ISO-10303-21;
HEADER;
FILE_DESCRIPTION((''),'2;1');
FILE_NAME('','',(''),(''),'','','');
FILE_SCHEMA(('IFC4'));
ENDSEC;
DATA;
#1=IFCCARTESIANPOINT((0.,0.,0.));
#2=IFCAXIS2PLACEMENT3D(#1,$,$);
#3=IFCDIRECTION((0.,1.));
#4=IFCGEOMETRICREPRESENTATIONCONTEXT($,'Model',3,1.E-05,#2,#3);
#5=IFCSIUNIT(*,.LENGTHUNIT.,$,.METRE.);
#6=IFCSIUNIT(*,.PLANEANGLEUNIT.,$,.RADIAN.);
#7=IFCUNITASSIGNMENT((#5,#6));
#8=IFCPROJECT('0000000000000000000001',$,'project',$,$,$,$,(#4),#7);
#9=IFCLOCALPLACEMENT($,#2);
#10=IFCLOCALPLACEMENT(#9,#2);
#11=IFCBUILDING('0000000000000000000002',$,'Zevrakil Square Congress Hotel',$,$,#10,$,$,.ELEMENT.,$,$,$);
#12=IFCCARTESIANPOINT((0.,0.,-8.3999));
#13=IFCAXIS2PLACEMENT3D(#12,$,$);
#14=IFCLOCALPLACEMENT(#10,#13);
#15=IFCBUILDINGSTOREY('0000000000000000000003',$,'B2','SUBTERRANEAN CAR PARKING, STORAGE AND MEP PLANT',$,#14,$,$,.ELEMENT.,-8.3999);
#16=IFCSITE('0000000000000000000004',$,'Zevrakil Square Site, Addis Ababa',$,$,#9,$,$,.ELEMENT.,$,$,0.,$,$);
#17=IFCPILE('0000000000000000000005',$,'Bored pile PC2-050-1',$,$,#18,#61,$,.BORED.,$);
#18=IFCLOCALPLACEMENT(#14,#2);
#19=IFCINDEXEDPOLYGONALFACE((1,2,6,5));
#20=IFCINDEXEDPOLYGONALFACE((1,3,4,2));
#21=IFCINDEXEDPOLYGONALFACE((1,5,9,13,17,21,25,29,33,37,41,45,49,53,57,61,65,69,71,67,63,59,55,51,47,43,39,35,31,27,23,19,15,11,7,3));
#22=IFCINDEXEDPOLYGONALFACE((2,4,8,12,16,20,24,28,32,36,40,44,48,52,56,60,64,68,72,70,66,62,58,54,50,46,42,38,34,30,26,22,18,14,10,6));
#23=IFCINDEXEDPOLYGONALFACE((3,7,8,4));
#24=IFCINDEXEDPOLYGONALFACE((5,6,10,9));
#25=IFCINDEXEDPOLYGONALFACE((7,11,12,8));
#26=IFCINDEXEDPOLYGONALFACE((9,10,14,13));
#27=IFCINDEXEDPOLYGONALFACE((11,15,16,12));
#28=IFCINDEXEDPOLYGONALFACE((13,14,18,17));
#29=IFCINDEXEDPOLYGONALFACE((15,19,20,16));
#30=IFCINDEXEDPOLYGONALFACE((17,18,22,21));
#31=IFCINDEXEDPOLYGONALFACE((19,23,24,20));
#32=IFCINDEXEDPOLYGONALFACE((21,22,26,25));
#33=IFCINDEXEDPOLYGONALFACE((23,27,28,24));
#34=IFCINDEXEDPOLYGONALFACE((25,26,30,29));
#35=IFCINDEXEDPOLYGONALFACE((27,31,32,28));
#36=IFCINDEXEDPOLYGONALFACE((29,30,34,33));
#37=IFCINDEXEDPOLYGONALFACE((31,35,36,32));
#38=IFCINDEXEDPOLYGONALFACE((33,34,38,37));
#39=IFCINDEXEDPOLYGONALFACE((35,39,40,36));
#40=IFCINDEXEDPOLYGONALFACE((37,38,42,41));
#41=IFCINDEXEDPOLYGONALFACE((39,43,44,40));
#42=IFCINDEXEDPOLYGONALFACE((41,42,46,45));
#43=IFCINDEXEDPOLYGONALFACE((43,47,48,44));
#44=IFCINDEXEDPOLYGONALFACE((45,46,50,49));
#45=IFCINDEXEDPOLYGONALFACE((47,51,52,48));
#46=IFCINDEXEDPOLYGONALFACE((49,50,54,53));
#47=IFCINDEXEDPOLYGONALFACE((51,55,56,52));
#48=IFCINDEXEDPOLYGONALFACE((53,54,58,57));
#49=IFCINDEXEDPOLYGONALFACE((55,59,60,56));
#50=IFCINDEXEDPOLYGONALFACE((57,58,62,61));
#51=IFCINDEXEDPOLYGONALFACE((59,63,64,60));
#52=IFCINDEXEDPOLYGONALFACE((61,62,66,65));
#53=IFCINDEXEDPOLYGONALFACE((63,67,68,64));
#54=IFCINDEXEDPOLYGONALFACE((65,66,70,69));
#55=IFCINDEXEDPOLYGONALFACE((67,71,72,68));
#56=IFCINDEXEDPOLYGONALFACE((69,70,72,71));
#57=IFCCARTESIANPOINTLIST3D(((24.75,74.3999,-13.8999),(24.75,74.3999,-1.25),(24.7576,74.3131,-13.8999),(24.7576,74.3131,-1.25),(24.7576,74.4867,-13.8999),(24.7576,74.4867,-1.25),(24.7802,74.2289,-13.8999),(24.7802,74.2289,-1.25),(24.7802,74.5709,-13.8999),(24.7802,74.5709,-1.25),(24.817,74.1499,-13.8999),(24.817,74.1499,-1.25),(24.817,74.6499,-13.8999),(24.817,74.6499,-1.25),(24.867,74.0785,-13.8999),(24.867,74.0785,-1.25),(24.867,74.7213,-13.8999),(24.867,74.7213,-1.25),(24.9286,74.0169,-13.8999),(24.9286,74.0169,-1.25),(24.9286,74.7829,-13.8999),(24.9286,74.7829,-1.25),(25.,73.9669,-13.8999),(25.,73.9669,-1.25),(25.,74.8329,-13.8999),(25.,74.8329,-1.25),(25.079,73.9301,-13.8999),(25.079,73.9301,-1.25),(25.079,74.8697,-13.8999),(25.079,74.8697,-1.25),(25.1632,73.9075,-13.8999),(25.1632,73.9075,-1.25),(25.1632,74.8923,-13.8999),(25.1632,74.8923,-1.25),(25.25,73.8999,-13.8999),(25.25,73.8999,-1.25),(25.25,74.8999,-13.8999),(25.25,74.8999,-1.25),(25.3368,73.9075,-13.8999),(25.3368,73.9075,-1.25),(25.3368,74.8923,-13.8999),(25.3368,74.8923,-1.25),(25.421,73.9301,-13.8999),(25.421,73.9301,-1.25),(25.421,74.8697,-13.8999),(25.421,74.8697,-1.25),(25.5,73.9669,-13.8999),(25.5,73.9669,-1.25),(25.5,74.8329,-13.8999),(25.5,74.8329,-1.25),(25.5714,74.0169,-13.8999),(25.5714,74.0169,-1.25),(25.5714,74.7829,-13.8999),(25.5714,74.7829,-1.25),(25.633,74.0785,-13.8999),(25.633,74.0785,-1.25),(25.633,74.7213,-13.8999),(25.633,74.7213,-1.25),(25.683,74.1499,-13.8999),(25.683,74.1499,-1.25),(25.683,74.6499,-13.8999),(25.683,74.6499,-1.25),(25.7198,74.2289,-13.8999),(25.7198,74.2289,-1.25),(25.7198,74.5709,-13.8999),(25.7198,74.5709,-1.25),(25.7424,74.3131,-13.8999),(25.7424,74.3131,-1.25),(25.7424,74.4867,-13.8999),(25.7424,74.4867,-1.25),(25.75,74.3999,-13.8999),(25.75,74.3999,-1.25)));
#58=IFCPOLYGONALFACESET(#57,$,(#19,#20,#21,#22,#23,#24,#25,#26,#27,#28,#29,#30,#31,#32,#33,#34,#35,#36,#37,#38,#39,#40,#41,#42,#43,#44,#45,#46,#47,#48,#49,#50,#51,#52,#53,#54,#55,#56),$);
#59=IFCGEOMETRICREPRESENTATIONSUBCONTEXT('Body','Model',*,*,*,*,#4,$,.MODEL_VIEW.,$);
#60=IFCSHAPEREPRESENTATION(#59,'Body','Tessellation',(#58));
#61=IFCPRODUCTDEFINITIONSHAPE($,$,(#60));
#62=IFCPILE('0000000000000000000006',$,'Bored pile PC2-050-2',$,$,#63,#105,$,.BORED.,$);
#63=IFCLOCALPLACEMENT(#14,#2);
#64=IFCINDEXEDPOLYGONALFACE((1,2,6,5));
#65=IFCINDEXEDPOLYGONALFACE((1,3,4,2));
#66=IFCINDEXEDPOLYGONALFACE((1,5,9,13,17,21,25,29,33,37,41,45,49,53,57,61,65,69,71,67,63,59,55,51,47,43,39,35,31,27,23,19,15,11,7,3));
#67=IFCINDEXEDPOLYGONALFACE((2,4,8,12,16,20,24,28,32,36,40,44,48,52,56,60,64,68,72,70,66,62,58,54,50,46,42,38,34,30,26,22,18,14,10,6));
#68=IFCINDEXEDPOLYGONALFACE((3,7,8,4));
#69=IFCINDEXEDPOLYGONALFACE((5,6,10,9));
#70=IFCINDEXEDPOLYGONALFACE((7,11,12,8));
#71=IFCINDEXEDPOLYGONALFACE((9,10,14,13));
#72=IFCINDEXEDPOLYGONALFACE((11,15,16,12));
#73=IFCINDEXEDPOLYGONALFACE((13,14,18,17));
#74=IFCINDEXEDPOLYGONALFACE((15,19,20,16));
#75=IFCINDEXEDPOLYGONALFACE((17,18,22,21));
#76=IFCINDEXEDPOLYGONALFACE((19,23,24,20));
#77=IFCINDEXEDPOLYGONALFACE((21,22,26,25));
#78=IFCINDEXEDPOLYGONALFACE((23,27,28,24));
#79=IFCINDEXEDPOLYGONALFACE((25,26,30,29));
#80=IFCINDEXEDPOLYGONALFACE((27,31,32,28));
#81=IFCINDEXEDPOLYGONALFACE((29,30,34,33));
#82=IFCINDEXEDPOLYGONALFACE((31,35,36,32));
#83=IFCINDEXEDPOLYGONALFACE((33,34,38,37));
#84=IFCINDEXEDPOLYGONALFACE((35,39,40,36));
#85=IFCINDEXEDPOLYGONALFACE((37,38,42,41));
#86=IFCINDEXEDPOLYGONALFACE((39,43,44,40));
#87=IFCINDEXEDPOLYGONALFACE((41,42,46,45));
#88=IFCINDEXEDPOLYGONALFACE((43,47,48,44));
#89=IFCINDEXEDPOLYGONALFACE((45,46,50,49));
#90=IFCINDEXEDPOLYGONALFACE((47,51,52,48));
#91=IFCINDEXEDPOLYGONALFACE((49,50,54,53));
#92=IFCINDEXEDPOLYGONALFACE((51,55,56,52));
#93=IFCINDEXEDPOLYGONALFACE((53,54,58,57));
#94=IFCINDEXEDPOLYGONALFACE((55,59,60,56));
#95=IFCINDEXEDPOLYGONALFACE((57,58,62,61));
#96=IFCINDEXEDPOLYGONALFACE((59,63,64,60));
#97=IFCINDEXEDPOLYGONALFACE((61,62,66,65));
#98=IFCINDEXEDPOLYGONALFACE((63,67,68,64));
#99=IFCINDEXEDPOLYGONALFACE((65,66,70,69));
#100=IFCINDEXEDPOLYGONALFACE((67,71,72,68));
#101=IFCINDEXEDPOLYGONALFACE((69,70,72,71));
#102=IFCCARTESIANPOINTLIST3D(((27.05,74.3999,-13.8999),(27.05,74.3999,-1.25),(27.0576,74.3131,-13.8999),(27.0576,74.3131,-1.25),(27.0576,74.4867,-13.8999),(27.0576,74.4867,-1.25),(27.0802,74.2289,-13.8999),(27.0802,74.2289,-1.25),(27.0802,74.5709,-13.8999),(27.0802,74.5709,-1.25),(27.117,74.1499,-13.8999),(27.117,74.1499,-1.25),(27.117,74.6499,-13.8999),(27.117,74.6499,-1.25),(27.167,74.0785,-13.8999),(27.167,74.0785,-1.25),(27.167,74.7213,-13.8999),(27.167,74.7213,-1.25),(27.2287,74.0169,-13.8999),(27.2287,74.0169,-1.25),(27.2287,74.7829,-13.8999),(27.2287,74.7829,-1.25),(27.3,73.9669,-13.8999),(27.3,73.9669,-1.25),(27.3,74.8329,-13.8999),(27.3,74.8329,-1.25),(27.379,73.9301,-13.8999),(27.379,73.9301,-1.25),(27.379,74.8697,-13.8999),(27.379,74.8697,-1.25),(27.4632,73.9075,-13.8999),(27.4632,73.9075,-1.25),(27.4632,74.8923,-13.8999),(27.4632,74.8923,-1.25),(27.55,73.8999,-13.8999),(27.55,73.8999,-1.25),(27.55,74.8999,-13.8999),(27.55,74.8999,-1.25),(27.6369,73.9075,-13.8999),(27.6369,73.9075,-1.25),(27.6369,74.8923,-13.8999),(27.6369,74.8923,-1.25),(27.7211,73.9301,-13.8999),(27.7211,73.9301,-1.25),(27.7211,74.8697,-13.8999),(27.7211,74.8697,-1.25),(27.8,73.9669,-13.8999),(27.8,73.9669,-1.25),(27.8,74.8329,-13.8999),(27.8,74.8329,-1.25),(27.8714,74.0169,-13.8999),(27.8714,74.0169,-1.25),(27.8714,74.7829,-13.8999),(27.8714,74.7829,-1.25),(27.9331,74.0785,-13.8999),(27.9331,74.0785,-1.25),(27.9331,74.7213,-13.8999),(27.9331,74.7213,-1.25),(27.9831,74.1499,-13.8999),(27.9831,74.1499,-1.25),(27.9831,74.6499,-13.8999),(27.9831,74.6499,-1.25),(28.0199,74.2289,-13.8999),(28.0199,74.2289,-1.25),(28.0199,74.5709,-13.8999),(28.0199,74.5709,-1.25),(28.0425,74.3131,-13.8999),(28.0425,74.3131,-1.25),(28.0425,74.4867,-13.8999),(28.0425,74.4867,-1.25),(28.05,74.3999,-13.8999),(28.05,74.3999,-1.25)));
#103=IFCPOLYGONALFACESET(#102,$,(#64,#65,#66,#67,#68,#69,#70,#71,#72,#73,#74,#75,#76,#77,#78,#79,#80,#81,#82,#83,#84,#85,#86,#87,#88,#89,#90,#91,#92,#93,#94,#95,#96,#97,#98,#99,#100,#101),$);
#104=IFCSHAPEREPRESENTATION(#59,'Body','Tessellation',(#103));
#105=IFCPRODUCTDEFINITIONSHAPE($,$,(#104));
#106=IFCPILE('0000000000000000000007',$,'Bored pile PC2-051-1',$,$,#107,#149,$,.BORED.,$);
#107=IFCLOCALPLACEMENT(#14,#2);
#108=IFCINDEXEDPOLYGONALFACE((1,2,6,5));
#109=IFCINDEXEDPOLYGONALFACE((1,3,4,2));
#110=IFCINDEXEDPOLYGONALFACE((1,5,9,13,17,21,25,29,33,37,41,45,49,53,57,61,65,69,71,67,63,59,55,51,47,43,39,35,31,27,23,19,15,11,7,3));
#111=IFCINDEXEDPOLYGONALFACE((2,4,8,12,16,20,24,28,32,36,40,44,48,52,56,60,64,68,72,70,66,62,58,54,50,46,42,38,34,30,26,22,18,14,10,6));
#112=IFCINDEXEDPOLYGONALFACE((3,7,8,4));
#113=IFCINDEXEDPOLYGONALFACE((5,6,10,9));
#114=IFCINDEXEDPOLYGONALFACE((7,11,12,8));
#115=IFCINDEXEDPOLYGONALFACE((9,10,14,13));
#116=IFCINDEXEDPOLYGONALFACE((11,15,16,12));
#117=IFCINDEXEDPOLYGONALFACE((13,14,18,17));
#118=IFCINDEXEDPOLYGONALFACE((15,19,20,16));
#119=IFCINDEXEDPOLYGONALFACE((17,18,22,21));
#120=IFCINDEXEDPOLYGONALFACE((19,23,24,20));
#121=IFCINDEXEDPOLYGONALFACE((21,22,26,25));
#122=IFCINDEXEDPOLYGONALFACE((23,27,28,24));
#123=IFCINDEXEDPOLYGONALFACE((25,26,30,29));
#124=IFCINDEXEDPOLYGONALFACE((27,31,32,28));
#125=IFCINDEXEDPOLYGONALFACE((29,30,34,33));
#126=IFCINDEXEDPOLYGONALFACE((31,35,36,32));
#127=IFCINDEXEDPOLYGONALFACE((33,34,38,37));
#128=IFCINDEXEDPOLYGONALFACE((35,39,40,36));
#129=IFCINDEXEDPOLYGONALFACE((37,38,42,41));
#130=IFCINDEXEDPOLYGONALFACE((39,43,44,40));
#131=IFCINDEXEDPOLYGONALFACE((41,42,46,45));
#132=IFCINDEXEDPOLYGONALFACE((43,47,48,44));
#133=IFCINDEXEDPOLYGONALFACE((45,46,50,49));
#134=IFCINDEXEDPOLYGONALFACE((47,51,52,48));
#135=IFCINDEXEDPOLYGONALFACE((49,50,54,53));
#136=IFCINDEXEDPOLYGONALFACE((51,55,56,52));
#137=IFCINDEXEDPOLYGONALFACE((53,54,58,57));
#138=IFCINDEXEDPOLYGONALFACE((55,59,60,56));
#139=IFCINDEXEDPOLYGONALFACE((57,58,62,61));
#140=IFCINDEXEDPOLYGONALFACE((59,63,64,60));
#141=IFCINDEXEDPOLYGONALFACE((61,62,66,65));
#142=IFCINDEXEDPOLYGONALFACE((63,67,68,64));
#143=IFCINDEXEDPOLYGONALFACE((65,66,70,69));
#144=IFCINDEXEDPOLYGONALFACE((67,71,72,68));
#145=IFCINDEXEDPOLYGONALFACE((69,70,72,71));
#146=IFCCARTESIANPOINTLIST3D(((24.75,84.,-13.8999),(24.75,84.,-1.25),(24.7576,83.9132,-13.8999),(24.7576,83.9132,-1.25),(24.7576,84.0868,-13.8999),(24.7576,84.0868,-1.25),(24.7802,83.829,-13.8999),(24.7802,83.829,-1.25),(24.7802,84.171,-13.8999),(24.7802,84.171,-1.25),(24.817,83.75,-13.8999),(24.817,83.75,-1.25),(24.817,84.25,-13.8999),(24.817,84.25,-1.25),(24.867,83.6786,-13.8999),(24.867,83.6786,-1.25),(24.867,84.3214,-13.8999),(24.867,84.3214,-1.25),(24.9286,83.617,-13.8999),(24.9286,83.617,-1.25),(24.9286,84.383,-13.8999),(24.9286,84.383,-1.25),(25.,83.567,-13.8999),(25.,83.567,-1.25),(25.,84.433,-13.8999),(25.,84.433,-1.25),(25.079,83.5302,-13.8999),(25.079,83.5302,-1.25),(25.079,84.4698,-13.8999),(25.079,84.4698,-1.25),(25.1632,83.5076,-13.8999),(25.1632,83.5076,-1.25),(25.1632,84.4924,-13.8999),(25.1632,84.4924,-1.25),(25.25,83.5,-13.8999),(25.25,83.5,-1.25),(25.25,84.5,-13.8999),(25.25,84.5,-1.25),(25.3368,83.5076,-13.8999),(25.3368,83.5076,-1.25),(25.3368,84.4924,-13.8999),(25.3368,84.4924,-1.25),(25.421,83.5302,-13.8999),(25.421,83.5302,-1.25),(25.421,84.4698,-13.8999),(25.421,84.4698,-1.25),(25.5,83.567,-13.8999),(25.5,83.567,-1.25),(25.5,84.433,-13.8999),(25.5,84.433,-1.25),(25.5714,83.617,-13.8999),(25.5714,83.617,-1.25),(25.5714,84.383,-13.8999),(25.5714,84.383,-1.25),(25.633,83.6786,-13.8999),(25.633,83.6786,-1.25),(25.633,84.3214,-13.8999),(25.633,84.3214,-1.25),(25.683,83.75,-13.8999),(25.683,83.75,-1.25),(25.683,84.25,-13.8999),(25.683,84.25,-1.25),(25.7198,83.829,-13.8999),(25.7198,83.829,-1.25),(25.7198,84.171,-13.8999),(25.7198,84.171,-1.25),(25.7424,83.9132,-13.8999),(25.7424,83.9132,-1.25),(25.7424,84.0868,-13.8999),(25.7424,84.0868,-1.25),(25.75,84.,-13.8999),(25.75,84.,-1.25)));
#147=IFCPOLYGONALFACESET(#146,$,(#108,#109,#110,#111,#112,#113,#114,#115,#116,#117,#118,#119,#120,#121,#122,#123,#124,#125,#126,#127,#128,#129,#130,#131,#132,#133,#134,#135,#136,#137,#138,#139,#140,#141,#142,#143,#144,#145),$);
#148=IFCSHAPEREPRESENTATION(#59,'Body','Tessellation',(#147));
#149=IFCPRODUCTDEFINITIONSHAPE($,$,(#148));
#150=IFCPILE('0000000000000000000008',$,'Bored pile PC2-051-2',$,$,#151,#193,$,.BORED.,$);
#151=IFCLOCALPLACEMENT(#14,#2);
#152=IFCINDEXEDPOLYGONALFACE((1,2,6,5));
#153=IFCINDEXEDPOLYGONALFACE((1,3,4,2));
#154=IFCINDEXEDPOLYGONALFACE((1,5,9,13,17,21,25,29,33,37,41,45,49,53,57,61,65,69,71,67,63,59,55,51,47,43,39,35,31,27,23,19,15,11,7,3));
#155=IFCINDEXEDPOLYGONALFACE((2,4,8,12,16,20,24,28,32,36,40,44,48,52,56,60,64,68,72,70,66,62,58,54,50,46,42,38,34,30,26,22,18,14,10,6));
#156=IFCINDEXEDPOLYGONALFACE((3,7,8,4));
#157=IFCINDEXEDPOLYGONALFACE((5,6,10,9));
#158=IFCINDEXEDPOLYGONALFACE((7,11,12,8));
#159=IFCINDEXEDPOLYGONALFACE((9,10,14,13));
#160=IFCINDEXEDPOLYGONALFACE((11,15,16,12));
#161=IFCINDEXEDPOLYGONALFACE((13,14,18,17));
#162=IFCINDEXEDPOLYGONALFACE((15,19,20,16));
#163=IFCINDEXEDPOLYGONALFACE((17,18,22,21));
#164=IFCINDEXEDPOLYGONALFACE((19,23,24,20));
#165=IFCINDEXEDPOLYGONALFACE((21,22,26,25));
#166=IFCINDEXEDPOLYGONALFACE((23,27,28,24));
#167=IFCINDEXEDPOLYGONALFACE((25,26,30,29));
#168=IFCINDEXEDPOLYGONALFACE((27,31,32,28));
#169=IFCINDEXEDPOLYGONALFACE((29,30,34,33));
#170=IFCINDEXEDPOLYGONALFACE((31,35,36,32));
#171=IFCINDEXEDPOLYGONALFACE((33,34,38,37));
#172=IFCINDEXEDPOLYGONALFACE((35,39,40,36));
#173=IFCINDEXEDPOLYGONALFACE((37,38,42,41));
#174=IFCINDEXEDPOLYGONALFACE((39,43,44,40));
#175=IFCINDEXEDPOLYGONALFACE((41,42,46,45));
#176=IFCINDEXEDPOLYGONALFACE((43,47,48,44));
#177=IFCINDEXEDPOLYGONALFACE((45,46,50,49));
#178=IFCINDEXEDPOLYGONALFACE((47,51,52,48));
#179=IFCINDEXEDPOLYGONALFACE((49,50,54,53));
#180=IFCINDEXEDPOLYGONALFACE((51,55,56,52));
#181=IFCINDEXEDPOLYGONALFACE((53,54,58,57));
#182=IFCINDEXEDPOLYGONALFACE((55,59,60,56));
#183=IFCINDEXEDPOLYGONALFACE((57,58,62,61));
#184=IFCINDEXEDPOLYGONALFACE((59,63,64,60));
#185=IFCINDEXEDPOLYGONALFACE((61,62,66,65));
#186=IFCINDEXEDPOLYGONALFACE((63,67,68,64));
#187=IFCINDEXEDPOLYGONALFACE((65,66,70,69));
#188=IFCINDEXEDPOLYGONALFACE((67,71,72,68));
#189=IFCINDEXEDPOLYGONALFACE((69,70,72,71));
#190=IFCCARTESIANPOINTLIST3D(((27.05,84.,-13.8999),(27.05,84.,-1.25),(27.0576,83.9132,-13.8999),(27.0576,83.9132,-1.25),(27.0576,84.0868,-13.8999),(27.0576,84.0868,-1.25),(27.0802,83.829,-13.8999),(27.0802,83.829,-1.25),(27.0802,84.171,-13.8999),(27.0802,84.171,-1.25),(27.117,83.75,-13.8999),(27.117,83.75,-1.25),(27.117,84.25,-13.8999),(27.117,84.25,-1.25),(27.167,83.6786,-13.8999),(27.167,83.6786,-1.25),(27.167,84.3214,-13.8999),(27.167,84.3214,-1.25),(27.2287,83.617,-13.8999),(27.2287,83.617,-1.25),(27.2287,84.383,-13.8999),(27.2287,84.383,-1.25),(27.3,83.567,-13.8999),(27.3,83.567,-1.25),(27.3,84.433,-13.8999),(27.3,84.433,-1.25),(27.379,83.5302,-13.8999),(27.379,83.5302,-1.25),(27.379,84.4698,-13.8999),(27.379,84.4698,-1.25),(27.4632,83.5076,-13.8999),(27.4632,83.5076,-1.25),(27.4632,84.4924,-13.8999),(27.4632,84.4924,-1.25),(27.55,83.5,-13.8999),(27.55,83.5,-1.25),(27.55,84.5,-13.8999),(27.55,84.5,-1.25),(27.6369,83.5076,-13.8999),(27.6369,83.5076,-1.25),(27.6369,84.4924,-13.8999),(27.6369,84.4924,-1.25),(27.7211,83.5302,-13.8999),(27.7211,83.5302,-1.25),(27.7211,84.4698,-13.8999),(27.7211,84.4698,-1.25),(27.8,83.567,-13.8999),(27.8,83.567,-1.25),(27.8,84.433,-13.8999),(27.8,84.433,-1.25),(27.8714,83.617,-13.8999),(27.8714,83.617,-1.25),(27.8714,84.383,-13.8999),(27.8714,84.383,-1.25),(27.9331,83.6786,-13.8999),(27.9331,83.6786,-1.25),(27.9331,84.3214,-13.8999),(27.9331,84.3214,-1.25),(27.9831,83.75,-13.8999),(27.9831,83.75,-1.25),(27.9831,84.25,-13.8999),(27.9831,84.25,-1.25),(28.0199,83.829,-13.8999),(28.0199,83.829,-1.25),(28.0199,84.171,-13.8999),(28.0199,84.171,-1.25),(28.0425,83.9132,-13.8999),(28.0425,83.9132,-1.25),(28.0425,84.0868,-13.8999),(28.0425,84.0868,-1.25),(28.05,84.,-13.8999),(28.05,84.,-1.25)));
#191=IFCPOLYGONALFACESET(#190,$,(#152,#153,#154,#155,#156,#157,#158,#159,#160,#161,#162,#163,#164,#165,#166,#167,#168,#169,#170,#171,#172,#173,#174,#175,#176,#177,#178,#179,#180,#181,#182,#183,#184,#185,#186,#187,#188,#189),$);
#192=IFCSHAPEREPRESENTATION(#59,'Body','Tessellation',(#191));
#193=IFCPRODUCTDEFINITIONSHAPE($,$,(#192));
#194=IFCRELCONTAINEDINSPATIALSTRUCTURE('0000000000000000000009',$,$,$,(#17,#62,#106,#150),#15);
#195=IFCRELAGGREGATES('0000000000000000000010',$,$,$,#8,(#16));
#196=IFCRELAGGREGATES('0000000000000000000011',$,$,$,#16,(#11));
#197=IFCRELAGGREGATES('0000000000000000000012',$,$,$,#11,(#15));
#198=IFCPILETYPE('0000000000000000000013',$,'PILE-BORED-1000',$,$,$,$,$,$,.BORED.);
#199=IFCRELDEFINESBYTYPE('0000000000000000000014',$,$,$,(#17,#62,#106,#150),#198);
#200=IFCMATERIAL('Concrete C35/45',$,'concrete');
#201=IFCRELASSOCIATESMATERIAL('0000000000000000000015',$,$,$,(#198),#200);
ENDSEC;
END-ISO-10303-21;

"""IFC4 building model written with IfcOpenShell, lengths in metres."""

from ifc_helpers import new_model, si_unit, direction, frame, origin, origin_2d, place, context, subcontext, project, spatial, circle, extrude, material, material_profile, profile_set, type_object, element, save


model = new_model("IFC4")

# Units and contexts
model_context = context("Model", 3, precision=1e-05, world=origin(), true_north=direction((0.0, 1.0)))
body_context = subcontext(model_context, "Body", "Model", "MODEL_VIEW")
ifc_project = project(units=[si_unit("LENGTHUNIT", "METRE"), si_unit("PLANEANGLEUNIT", "RADIAN")], contexts=[model_context])

# Site, building, storey
site_placement = place(None, origin())
site = spatial("IfcSite", under=ifc_project, at=site_placement, Name="Zevrakil Square Site, Addis Ababa", CompositionType="ELEMENT", RefElevation=0.0)
building_placement = place(site_placement, origin())
building = spatial("IfcBuilding", under=site, at=building_placement, Name="Zevrakil Square Congress Hotel", CompositionType="ELEMENT")
storey_placement = place(building_placement, frame((0.0, 0.0, -8.3999)))
storey = spatial("IfcBuildingStorey", under=building, at=storey_placement, Name="B2", Description="SUBTERRANEAN CAR PARKING, STORAGE AND MEP PLANT", CompositionType="ELEMENT", Elevation=-8.3999)

# Piles
ifc_material_1 = material(Name="Concrete C35/45", Category="concrete")
ifc_material_profile_1 = material_profile(ifc_material_1, circle(Radius=0.5, at=origin_2d()), Name="PILE D1000")
ifc_profile_set_1 = profile_set([ifc_material_profile_1], Name="Concrete C35/45")
pile_type = type_object("IfcPileType", Name="PILE-BORED-1000", PredefinedType="BORED", material=ifc_profile_set_1)
for number, where, z_axis, x_axis, name in (
    (1, (25.25, 74.3999, -1.25), (0.0, 0.0, -1.0), (1.0, 0.0, 0.0), "Bored pile PC2-050-1"),
    (2, (27.55, 74.3999, -1.25), (0.0, 0.0, -1.0), (1.0, 0.0, 0.0), "Bored pile PC2-050-2"),
    (3, (25.25, 84.0, -1.25), (0.0, 0.0, -1.0), (1.0, 0.0, 0.0), "Bored pile PC2-051-1"),
    (4, (27.55, 84.0, -1.25), (0.0, 0.0, -1.0), (1.0, 0.0, 0.0), "Bored pile PC2-051-2"),
):
    element("IfcPile", number, at=place(storey_placement, frame(where, z_axis=z_axis, x_axis=x_axis)), inside=storey, type_object=pile_type, Name=name, PredefinedType="BORED", context=body_context, shape_type="SweptSolid", body=[
        extrude(circle(Radius=0.5, at=origin_2d()), origin(), (0.0, 0.0, 1.0), 12.6499),
    ])

save(model, "model.ifc")
